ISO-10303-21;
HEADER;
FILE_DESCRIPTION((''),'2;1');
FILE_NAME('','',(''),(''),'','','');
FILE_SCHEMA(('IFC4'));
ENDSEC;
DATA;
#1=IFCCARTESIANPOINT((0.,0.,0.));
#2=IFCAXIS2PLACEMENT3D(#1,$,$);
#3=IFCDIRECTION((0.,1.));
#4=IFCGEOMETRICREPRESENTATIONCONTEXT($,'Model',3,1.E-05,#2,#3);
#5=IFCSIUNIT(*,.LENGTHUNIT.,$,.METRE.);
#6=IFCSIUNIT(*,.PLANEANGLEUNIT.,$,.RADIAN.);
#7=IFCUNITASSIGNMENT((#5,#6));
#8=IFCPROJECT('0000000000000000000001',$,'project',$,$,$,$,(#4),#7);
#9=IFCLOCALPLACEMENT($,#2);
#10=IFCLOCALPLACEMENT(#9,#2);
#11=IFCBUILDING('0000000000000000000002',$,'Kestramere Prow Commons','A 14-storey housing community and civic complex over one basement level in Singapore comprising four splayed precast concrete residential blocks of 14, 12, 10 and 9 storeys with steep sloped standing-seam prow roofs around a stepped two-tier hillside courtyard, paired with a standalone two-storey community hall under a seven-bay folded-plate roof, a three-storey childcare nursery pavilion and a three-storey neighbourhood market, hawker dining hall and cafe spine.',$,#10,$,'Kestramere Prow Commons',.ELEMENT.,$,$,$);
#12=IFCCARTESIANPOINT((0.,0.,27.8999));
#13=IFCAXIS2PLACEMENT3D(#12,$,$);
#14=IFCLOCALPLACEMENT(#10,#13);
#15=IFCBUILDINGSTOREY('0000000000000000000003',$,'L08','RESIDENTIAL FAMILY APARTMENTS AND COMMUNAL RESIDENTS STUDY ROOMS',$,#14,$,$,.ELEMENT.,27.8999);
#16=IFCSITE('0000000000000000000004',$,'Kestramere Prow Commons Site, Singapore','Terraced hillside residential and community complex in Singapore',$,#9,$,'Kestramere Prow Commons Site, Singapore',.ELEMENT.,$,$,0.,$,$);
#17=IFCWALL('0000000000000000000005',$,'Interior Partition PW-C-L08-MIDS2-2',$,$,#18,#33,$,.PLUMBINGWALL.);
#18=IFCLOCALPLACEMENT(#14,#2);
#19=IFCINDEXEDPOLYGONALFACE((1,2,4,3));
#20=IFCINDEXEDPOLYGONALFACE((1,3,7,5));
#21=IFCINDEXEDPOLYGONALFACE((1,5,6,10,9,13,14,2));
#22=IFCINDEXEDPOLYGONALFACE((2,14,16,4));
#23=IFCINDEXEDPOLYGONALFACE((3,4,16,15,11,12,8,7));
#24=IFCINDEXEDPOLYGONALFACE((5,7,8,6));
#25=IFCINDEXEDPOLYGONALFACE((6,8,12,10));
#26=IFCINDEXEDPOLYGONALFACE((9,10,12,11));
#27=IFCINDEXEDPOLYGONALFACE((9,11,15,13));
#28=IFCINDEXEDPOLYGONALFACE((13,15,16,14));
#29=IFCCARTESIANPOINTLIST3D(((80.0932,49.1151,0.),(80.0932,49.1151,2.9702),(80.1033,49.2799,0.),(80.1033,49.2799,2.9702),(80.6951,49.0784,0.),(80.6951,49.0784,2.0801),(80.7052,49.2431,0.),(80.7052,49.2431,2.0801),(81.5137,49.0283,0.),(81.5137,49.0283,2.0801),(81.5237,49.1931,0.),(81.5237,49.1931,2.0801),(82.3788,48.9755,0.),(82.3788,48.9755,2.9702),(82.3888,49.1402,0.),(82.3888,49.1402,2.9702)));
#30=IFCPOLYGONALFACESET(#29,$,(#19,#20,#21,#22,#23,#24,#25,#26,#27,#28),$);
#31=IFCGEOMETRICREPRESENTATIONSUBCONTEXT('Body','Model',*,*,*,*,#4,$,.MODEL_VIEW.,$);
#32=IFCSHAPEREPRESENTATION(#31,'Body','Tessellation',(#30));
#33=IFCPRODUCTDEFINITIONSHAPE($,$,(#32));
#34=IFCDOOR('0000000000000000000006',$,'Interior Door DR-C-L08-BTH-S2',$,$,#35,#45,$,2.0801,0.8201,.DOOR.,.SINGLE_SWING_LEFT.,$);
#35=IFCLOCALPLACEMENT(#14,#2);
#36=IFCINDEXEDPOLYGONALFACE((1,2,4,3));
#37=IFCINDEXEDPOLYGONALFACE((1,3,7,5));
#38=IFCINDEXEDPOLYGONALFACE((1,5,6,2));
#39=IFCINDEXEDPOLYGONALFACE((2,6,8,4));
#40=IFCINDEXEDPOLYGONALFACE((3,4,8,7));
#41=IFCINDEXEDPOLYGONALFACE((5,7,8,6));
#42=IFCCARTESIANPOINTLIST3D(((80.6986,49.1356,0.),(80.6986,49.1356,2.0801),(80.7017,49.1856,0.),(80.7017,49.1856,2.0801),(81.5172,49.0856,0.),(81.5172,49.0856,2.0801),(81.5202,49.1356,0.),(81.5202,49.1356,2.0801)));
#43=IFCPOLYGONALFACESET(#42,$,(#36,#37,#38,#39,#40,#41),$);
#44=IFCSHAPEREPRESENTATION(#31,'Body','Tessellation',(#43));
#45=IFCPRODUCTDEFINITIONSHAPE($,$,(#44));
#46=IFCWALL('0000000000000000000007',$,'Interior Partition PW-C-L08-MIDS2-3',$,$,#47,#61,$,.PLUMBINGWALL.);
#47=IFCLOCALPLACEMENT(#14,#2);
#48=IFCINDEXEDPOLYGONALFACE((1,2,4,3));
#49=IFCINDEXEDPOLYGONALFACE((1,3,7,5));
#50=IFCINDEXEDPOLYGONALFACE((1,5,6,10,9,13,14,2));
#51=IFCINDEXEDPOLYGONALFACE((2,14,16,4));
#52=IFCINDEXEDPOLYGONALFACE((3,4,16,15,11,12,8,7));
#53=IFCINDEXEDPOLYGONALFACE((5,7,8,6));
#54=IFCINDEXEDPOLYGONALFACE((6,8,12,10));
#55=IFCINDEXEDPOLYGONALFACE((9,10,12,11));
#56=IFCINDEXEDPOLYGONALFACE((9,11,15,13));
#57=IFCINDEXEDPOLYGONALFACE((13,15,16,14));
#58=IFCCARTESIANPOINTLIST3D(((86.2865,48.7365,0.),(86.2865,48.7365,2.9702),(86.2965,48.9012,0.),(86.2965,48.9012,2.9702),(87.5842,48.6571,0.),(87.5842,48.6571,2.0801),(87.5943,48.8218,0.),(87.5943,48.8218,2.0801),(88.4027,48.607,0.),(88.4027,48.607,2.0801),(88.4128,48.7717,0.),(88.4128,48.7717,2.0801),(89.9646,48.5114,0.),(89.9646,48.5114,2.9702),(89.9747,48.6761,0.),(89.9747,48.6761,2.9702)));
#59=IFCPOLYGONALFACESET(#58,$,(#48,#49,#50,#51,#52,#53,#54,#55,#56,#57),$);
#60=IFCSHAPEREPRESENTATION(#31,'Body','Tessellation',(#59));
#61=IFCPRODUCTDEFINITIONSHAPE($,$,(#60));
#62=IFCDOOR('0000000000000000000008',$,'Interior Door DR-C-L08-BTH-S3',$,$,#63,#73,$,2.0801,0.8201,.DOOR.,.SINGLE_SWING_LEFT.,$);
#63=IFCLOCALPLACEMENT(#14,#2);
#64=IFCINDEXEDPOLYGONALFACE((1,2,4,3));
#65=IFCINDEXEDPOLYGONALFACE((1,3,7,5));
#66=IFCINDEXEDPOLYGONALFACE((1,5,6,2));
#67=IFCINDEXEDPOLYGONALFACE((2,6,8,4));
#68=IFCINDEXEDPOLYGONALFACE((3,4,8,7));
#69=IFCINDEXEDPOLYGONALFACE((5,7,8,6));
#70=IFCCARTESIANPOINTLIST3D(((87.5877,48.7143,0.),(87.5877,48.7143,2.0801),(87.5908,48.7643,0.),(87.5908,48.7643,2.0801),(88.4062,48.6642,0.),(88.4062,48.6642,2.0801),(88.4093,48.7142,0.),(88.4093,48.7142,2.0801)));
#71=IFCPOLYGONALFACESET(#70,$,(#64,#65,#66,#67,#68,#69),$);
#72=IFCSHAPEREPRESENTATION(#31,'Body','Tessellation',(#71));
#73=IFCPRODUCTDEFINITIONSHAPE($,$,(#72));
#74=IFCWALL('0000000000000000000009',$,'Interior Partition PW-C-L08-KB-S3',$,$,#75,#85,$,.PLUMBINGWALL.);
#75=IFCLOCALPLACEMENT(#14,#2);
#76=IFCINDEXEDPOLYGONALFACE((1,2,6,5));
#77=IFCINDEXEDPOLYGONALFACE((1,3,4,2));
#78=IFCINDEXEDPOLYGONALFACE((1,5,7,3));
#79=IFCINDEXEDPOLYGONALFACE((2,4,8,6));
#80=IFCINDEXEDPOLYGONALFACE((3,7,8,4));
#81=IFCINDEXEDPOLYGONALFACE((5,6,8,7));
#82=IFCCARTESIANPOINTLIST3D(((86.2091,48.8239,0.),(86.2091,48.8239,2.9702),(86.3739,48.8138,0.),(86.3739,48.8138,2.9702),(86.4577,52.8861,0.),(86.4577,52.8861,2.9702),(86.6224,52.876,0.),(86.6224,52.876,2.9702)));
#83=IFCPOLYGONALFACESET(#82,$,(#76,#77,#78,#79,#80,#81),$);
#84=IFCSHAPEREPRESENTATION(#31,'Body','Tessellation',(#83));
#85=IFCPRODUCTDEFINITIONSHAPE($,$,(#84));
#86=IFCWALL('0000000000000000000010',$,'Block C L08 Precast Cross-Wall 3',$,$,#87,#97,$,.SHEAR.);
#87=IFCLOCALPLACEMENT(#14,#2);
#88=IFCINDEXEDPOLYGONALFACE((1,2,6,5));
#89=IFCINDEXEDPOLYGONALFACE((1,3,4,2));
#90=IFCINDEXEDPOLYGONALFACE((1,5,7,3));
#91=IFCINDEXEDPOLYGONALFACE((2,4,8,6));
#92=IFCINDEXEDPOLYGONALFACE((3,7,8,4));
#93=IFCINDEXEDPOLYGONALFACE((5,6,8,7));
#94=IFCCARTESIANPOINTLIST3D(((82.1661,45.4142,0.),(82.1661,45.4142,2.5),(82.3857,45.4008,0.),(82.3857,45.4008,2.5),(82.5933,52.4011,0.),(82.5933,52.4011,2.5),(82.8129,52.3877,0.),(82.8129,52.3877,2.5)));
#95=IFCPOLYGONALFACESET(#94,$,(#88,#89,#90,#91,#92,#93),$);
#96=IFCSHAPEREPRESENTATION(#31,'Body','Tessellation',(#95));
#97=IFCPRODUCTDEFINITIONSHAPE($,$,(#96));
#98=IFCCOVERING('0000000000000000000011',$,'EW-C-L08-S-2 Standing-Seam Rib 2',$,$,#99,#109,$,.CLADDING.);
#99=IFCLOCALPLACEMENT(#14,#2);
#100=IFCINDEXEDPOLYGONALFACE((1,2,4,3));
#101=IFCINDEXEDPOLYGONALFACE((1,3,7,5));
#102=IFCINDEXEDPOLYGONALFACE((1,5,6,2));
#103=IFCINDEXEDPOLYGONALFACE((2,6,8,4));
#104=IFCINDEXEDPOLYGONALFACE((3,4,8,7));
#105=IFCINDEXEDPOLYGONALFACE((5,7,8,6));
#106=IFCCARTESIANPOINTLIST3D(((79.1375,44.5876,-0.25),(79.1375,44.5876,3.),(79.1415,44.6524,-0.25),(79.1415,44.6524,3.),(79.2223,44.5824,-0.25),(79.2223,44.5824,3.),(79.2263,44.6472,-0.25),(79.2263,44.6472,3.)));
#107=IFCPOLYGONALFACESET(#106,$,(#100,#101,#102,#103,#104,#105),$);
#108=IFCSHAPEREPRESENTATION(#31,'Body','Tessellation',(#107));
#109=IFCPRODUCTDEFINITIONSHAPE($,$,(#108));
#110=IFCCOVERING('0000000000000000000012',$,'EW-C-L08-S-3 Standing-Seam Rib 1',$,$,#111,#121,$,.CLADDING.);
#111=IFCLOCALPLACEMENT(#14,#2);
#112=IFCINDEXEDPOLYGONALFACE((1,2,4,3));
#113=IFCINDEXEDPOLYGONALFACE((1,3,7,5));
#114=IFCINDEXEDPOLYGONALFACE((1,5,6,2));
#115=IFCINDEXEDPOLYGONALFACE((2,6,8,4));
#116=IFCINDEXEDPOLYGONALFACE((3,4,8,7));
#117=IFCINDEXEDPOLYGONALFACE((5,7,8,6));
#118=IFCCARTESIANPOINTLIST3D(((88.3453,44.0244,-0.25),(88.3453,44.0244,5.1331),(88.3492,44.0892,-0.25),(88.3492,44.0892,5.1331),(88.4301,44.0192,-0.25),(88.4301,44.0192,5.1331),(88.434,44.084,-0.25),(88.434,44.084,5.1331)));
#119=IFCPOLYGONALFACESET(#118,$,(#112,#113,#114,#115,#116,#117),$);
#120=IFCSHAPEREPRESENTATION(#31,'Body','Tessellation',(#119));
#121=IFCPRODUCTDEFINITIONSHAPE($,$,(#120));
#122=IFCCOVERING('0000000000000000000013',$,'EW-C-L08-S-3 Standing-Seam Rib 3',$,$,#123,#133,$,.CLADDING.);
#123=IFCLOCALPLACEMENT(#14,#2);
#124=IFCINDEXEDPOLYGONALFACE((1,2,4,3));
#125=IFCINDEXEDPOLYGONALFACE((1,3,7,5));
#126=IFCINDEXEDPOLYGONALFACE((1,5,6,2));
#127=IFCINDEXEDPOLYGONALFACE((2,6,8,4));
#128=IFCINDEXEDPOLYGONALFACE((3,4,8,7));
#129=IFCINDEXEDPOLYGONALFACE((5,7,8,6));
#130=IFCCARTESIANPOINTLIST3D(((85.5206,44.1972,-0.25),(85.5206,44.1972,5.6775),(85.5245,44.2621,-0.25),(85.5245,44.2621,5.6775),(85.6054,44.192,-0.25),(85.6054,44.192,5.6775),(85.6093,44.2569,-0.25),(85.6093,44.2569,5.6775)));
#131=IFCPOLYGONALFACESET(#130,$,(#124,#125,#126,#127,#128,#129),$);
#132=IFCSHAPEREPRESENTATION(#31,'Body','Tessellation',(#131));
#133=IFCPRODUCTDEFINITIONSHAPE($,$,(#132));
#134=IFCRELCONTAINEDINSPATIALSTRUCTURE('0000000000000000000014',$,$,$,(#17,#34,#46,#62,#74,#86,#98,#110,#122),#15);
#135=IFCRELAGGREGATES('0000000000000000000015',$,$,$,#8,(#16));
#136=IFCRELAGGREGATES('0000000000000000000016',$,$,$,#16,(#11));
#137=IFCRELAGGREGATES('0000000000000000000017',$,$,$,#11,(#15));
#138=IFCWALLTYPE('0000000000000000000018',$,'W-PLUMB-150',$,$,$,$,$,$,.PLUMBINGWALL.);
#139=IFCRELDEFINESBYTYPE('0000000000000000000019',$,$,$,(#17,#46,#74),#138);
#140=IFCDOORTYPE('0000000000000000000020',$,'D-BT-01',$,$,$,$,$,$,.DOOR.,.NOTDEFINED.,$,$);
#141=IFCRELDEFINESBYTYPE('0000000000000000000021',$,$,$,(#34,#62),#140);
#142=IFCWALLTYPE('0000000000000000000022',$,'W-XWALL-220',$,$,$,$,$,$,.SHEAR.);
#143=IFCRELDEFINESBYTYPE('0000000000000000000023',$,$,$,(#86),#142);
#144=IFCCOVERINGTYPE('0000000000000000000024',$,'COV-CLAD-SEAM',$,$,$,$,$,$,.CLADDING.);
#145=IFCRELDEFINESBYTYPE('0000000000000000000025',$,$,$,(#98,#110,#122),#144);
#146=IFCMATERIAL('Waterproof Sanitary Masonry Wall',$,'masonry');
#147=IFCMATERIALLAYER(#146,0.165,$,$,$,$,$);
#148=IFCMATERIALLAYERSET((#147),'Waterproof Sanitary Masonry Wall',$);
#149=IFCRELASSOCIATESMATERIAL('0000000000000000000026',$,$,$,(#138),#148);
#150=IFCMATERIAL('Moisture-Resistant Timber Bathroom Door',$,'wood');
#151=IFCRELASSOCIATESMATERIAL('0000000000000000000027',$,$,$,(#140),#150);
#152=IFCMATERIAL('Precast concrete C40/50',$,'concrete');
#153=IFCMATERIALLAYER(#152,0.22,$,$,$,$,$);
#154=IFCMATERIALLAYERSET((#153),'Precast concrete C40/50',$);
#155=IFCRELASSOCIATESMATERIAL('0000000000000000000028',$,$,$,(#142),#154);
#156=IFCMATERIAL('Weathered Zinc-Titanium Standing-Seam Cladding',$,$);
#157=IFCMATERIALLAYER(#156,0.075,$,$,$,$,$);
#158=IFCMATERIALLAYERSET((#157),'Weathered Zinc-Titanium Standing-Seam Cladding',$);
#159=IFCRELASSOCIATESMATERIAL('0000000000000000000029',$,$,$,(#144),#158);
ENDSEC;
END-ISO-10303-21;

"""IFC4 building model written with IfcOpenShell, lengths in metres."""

from ifc_helpers import new_model, si_unit, direction, frame, frame_2d, origin, origin_2d, place, context, subcontext, project, spatial, rectangle, extrude, material, layer, layer_set, type_object, element, fill, save


model = new_model("IFC4")

# Units and contexts
model_context = context("Model", 3, precision=1e-05, world=origin(), true_north=direction((0.0, 1.0)))
body_context = subcontext(model_context, "Body", "Model", "MODEL_VIEW")
ifc_project = project(units=[si_unit("LENGTHUNIT", "METRE"), si_unit("PLANEANGLEUNIT", "RADIAN")], contexts=[model_context])

# Site, building, storey
site_placement = place(None, origin())
site = spatial("IfcSite", under=ifc_project, at=site_placement, Name="Kestramere Prow Commons Site, Singapore", Description="Terraced hillside residential and community complex in Singapore", LongName="Kestramere Prow Commons Site, Singapore", CompositionType="ELEMENT", RefElevation=0.0)
building_placement = place(site_placement, origin())
building = spatial("IfcBuilding", under=site, at=building_placement, Name="Kestramere Prow Commons", Description="A 14-storey housing community and civic complex over one basement level in Singapore comprising four splayed precast concrete residential blocks of 14, 12, 10 and 9 storeys with steep sloped standing-seam prow roofs around a stepped two-tier hillside courtyard, paired with a standalone two-storey community hall under a seven-bay folded-plate roof, a three-storey childcare nursery pavilion and a three-storey neighbourhood market, hawker dining hall and cafe spine.", LongName="Kestramere Prow Commons", CompositionType="ELEMENT")
storey_placement = place(building_placement, frame((0.0, 0.0, 27.8999)))
storey = spatial("IfcBuildingStorey", under=building, at=storey_placement, Name="L08", Description="RESIDENTIAL FAMILY APARTMENTS AND COMMUNAL RESIDENTS STUDY ROOMS", CompositionType="ELEMENT", Elevation=27.8999)

# Shared definitions
ifc_material_1 = material(Name="Precast concrete C40/50", Category="concrete")

# Walls, openings, doors
ifc_material_2 = material(Name="Waterproof Sanitary Masonry Wall", Category="masonry")
ifc_layer_1 = layer(ifc_material_2, 0.165)
ifc_layer_set_1 = layer_set([ifc_layer_1], Name="Waterproof Sanitary Masonry Wall")
wall_type_1 = type_object("IfcWallType", Name="W-PLUMB-150", PredefinedType="PLUMBINGWALL", material=ifc_layer_set_1)
wall_1_placement = place(storey_placement, frame((80.0981, 49.1975, 0.0), z_axis=(0.0, 0.0, 1.0), x_axis=(0.998139, -0.060984, 0.0)))
wall_1 = element("IfcWall", 1, at=wall_1_placement, inside=storey, type_object=wall_type_1, Name="Interior Partition PW-C-L08-MIDS2-2", PredefinedType="PLUMBINGWALL", context=body_context, shape_type="SweptSolid", body=[
    extrude(rectangle(XDim=2.2898, YDim=0.165, at=frame_2d((1.145, 0.0))), origin(), (0.0, 0.0, 1.0), 2.9702),
])
opening_1_placement = place(wall_1_placement, frame((0.603, 0.0, 0.0)))
opening_1 = element("IfcOpeningElement", 2, at=opening_1_placement, cuts=wall_1, PredefinedType="OPENING", context=body_context, shape_type="SweptSolid", body=[
    extrude(rectangle(XDim=0.8201, YDim=2.0801, at=frame_2d((0.4102, 1.04))), frame((0.0, 0.0974, 0.0), z_axis=(0.0, -1.0, 0.0), x_axis=(1.0, 0.0, 0.0)), (0.0, 0.0, 1.0), 0.1951),
])
ifc_material_3 = material(Name="Moisture-Resistant Timber Bathroom Door", Category="wood")
door_type_1 = type_object("IfcDoorType", Name="D-BT-01", OperationType="NOTDEFINED", PredefinedType="DOOR", material=ifc_material_3)
door_1_placement = place(opening_1_placement, origin())
door_1 = element("IfcDoor", 3, at=door_1_placement, inside=storey, type_object=door_type_1, Name="Interior Door DR-C-L08-BTH-S2", OperationType="SINGLE_SWING_LEFT", OverallHeight=2.0801, OverallWidth=0.8201, PredefinedType="DOOR", context=body_context, shape_type="SweptSolid", body=[
    extrude(rectangle(XDim=0.8201, YDim=2.0801, at=frame_2d((0.4102, 1.04))), frame((0.0, 0.0249, 0.0), z_axis=(0.0, -1.0, 0.0), x_axis=(1.0, 0.0, 0.0)), (0.0, 0.0, 1.0), 0.05),
])
fill(opening_1, door_1)
wall_2_placement = place(storey_placement, frame((86.2915, 48.8188, 0.0), z_axis=(0.0, 0.0, 1.0), x_axis=(0.998133, -0.061083, 0.0)))
wall_2 = element("IfcWall", 4, at=wall_2_placement, inside=storey, type_object=wall_type_1, Name="Interior Partition PW-C-L08-MIDS2-3", PredefinedType="PLUMBINGWALL", context=body_context, shape_type="SweptSolid", body=[
    extrude(rectangle(XDim=3.6851, YDim=0.165, at=frame_2d((1.8425, 0.0))), origin(), (0.0, 0.0, 1.0), 2.9702),
])
opening_2_placement = place(wall_2_placement, frame((1.3, 0.0, 0.0)))
opening_2 = element("IfcOpeningElement", 5, at=opening_2_placement, cuts=wall_2, PredefinedType="OPENING", context=body_context, shape_type="SweptSolid", body=[
    extrude(rectangle(XDim=0.8201, YDim=2.0801, at=frame_2d((0.4102, 1.04))), frame((0.0, 0.0974, 0.0), z_axis=(0.0, -1.0, 0.0), x_axis=(1.0, 0.0, 0.0)), (0.0, 0.0, 1.0), 0.1951),
])
door_2_placement = place(opening_2_placement, origin())
door_2 = element("IfcDoor", 6, at=door_2_placement, inside=storey, type_object=door_type_1, Name="Interior Door DR-C-L08-BTH-S3", OperationType="SINGLE_SWING_LEFT", OverallHeight=2.0801, OverallWidth=0.8201, PredefinedType="DOOR", context=body_context, shape_type="SweptSolid", body=[
    extrude(rectangle(XDim=0.8201, YDim=2.0801, at=frame_2d((0.4102, 1.04))), frame((0.0, 0.0249, 0.0), z_axis=(0.0, -1.0, 0.0), x_axis=(1.0, 0.0, 0.0)), (0.0, 0.0, 1.0), 0.05),
])
fill(opening_2, door_2)

# Walls
wall_3_placement = place(storey_placement, frame((86.2915, 48.8188, 0.0), z_axis=(0.0, 0.0, 1.0), x_axis=(0.061067, 0.998134, 0.0)))
element("IfcWall", 7, at=wall_3_placement, inside=storey, type_object=wall_type_1, Name="Interior Partition PW-C-L08-KB-S3", PredefinedType="PLUMBINGWALL", context=body_context, shape_type="SweptSolid", body=[
    extrude(rectangle(XDim=4.0698, YDim=0.165, at=frame_2d((2.0349, 0.0))), origin(), (0.0, 0.0, 1.0), 2.9702),
])
ifc_layer_2 = layer(ifc_material_1, 0.22)
ifc_layer_set_2 = layer_set([ifc_layer_2], Name="Precast concrete C40/50")
wall_type_2 = type_object("IfcWallType", Name="W-XWALL-220", PredefinedType="SHEAR", material=ifc_layer_set_2)
wall_4_placement = place(storey_placement, frame((82.2759, 45.4075, 0.0), z_axis=(0.0, 0.0, 1.0), x_axis=(0.061034, 0.998136, 0.0)))
element("IfcWall", 8, at=wall_4_placement, inside=storey, type_object=wall_type_2, Name="Block C L08 Precast Cross-Wall 3", PredefinedType="SHEAR", context=body_context, shape_type="SweptSolid", body=[
    extrude(rectangle(XDim=7.0, YDim=0.22, at=frame_2d((3.5, 0.0))), origin(), (0.0, 0.0, 1.0), 2.5),
])

# Coverings
ifc_material_4 = material(Name="Weathered Zinc-Titanium Standing-Seam Cladding")
ifc_layer_3 = layer(ifc_material_4, 0.075)
ifc_layer_set_3 = layer_set([ifc_layer_3], Name="Weathered Zinc-Titanium Standing-Seam Cladding")
covering_type = type_object("IfcCoveringType", Name="COV-CLAD-SEAM", PredefinedType="CLADDING", material=ifc_layer_set_3)
covering_1_placement = place(storey_placement, frame((79.1819, 44.6174, -0.25), z_axis=(0.0, 0.0, 1.0), x_axis=(-0.998135, 0.061049, 0.0)))
element("IfcCovering", 9, at=covering_1_placement, inside=storey, type_object=covering_type, Name="EW-C-L08-S-2 Standing-Seam Rib 2", PredefinedType="CLADDING", context=body_context, shape_type="SweptSolid", body=[
    extrude(rectangle(XDim=0.085, YDim=0.0649, at=origin_2d()), origin(), (0.0, 0.0, 1.0), 3.25),
])
covering_2_placement = place(storey_placement, frame((88.3896, 44.0542, -0.25), z_axis=(0.0, 0.0, 1.0), x_axis=(-0.998135, 0.061049, 0.0)))
element("IfcCovering", 10, at=covering_2_placement, inside=storey, type_object=covering_type, Name="EW-C-L08-S-3 Standing-Seam Rib 1", PredefinedType="CLADDING", context=body_context, shape_type="SweptSolid", body=[
    extrude(rectangle(XDim=0.085, YDim=0.0649, at=origin_2d()), origin(), (0.0, 0.0, 1.0), 5.3831),
])
covering_3_placement = place(storey_placement, frame((85.5649, 44.2271, -0.25), z_axis=(0.0, 0.0, 1.0), x_axis=(-0.998135, 0.061049, 0.0)))
element("IfcCovering", 11, at=covering_3_placement, inside=storey, type_object=covering_type, Name="EW-C-L08-S-3 Standing-Seam Rib 3", PredefinedType="CLADDING", context=body_context, shape_type="SweptSolid", body=[
    extrude(rectangle(XDim=0.085, YDim=0.0649, at=origin_2d()), origin(), (0.0, 0.0, 1.0), 5.9275),
])

save(model, "model.ifc")
